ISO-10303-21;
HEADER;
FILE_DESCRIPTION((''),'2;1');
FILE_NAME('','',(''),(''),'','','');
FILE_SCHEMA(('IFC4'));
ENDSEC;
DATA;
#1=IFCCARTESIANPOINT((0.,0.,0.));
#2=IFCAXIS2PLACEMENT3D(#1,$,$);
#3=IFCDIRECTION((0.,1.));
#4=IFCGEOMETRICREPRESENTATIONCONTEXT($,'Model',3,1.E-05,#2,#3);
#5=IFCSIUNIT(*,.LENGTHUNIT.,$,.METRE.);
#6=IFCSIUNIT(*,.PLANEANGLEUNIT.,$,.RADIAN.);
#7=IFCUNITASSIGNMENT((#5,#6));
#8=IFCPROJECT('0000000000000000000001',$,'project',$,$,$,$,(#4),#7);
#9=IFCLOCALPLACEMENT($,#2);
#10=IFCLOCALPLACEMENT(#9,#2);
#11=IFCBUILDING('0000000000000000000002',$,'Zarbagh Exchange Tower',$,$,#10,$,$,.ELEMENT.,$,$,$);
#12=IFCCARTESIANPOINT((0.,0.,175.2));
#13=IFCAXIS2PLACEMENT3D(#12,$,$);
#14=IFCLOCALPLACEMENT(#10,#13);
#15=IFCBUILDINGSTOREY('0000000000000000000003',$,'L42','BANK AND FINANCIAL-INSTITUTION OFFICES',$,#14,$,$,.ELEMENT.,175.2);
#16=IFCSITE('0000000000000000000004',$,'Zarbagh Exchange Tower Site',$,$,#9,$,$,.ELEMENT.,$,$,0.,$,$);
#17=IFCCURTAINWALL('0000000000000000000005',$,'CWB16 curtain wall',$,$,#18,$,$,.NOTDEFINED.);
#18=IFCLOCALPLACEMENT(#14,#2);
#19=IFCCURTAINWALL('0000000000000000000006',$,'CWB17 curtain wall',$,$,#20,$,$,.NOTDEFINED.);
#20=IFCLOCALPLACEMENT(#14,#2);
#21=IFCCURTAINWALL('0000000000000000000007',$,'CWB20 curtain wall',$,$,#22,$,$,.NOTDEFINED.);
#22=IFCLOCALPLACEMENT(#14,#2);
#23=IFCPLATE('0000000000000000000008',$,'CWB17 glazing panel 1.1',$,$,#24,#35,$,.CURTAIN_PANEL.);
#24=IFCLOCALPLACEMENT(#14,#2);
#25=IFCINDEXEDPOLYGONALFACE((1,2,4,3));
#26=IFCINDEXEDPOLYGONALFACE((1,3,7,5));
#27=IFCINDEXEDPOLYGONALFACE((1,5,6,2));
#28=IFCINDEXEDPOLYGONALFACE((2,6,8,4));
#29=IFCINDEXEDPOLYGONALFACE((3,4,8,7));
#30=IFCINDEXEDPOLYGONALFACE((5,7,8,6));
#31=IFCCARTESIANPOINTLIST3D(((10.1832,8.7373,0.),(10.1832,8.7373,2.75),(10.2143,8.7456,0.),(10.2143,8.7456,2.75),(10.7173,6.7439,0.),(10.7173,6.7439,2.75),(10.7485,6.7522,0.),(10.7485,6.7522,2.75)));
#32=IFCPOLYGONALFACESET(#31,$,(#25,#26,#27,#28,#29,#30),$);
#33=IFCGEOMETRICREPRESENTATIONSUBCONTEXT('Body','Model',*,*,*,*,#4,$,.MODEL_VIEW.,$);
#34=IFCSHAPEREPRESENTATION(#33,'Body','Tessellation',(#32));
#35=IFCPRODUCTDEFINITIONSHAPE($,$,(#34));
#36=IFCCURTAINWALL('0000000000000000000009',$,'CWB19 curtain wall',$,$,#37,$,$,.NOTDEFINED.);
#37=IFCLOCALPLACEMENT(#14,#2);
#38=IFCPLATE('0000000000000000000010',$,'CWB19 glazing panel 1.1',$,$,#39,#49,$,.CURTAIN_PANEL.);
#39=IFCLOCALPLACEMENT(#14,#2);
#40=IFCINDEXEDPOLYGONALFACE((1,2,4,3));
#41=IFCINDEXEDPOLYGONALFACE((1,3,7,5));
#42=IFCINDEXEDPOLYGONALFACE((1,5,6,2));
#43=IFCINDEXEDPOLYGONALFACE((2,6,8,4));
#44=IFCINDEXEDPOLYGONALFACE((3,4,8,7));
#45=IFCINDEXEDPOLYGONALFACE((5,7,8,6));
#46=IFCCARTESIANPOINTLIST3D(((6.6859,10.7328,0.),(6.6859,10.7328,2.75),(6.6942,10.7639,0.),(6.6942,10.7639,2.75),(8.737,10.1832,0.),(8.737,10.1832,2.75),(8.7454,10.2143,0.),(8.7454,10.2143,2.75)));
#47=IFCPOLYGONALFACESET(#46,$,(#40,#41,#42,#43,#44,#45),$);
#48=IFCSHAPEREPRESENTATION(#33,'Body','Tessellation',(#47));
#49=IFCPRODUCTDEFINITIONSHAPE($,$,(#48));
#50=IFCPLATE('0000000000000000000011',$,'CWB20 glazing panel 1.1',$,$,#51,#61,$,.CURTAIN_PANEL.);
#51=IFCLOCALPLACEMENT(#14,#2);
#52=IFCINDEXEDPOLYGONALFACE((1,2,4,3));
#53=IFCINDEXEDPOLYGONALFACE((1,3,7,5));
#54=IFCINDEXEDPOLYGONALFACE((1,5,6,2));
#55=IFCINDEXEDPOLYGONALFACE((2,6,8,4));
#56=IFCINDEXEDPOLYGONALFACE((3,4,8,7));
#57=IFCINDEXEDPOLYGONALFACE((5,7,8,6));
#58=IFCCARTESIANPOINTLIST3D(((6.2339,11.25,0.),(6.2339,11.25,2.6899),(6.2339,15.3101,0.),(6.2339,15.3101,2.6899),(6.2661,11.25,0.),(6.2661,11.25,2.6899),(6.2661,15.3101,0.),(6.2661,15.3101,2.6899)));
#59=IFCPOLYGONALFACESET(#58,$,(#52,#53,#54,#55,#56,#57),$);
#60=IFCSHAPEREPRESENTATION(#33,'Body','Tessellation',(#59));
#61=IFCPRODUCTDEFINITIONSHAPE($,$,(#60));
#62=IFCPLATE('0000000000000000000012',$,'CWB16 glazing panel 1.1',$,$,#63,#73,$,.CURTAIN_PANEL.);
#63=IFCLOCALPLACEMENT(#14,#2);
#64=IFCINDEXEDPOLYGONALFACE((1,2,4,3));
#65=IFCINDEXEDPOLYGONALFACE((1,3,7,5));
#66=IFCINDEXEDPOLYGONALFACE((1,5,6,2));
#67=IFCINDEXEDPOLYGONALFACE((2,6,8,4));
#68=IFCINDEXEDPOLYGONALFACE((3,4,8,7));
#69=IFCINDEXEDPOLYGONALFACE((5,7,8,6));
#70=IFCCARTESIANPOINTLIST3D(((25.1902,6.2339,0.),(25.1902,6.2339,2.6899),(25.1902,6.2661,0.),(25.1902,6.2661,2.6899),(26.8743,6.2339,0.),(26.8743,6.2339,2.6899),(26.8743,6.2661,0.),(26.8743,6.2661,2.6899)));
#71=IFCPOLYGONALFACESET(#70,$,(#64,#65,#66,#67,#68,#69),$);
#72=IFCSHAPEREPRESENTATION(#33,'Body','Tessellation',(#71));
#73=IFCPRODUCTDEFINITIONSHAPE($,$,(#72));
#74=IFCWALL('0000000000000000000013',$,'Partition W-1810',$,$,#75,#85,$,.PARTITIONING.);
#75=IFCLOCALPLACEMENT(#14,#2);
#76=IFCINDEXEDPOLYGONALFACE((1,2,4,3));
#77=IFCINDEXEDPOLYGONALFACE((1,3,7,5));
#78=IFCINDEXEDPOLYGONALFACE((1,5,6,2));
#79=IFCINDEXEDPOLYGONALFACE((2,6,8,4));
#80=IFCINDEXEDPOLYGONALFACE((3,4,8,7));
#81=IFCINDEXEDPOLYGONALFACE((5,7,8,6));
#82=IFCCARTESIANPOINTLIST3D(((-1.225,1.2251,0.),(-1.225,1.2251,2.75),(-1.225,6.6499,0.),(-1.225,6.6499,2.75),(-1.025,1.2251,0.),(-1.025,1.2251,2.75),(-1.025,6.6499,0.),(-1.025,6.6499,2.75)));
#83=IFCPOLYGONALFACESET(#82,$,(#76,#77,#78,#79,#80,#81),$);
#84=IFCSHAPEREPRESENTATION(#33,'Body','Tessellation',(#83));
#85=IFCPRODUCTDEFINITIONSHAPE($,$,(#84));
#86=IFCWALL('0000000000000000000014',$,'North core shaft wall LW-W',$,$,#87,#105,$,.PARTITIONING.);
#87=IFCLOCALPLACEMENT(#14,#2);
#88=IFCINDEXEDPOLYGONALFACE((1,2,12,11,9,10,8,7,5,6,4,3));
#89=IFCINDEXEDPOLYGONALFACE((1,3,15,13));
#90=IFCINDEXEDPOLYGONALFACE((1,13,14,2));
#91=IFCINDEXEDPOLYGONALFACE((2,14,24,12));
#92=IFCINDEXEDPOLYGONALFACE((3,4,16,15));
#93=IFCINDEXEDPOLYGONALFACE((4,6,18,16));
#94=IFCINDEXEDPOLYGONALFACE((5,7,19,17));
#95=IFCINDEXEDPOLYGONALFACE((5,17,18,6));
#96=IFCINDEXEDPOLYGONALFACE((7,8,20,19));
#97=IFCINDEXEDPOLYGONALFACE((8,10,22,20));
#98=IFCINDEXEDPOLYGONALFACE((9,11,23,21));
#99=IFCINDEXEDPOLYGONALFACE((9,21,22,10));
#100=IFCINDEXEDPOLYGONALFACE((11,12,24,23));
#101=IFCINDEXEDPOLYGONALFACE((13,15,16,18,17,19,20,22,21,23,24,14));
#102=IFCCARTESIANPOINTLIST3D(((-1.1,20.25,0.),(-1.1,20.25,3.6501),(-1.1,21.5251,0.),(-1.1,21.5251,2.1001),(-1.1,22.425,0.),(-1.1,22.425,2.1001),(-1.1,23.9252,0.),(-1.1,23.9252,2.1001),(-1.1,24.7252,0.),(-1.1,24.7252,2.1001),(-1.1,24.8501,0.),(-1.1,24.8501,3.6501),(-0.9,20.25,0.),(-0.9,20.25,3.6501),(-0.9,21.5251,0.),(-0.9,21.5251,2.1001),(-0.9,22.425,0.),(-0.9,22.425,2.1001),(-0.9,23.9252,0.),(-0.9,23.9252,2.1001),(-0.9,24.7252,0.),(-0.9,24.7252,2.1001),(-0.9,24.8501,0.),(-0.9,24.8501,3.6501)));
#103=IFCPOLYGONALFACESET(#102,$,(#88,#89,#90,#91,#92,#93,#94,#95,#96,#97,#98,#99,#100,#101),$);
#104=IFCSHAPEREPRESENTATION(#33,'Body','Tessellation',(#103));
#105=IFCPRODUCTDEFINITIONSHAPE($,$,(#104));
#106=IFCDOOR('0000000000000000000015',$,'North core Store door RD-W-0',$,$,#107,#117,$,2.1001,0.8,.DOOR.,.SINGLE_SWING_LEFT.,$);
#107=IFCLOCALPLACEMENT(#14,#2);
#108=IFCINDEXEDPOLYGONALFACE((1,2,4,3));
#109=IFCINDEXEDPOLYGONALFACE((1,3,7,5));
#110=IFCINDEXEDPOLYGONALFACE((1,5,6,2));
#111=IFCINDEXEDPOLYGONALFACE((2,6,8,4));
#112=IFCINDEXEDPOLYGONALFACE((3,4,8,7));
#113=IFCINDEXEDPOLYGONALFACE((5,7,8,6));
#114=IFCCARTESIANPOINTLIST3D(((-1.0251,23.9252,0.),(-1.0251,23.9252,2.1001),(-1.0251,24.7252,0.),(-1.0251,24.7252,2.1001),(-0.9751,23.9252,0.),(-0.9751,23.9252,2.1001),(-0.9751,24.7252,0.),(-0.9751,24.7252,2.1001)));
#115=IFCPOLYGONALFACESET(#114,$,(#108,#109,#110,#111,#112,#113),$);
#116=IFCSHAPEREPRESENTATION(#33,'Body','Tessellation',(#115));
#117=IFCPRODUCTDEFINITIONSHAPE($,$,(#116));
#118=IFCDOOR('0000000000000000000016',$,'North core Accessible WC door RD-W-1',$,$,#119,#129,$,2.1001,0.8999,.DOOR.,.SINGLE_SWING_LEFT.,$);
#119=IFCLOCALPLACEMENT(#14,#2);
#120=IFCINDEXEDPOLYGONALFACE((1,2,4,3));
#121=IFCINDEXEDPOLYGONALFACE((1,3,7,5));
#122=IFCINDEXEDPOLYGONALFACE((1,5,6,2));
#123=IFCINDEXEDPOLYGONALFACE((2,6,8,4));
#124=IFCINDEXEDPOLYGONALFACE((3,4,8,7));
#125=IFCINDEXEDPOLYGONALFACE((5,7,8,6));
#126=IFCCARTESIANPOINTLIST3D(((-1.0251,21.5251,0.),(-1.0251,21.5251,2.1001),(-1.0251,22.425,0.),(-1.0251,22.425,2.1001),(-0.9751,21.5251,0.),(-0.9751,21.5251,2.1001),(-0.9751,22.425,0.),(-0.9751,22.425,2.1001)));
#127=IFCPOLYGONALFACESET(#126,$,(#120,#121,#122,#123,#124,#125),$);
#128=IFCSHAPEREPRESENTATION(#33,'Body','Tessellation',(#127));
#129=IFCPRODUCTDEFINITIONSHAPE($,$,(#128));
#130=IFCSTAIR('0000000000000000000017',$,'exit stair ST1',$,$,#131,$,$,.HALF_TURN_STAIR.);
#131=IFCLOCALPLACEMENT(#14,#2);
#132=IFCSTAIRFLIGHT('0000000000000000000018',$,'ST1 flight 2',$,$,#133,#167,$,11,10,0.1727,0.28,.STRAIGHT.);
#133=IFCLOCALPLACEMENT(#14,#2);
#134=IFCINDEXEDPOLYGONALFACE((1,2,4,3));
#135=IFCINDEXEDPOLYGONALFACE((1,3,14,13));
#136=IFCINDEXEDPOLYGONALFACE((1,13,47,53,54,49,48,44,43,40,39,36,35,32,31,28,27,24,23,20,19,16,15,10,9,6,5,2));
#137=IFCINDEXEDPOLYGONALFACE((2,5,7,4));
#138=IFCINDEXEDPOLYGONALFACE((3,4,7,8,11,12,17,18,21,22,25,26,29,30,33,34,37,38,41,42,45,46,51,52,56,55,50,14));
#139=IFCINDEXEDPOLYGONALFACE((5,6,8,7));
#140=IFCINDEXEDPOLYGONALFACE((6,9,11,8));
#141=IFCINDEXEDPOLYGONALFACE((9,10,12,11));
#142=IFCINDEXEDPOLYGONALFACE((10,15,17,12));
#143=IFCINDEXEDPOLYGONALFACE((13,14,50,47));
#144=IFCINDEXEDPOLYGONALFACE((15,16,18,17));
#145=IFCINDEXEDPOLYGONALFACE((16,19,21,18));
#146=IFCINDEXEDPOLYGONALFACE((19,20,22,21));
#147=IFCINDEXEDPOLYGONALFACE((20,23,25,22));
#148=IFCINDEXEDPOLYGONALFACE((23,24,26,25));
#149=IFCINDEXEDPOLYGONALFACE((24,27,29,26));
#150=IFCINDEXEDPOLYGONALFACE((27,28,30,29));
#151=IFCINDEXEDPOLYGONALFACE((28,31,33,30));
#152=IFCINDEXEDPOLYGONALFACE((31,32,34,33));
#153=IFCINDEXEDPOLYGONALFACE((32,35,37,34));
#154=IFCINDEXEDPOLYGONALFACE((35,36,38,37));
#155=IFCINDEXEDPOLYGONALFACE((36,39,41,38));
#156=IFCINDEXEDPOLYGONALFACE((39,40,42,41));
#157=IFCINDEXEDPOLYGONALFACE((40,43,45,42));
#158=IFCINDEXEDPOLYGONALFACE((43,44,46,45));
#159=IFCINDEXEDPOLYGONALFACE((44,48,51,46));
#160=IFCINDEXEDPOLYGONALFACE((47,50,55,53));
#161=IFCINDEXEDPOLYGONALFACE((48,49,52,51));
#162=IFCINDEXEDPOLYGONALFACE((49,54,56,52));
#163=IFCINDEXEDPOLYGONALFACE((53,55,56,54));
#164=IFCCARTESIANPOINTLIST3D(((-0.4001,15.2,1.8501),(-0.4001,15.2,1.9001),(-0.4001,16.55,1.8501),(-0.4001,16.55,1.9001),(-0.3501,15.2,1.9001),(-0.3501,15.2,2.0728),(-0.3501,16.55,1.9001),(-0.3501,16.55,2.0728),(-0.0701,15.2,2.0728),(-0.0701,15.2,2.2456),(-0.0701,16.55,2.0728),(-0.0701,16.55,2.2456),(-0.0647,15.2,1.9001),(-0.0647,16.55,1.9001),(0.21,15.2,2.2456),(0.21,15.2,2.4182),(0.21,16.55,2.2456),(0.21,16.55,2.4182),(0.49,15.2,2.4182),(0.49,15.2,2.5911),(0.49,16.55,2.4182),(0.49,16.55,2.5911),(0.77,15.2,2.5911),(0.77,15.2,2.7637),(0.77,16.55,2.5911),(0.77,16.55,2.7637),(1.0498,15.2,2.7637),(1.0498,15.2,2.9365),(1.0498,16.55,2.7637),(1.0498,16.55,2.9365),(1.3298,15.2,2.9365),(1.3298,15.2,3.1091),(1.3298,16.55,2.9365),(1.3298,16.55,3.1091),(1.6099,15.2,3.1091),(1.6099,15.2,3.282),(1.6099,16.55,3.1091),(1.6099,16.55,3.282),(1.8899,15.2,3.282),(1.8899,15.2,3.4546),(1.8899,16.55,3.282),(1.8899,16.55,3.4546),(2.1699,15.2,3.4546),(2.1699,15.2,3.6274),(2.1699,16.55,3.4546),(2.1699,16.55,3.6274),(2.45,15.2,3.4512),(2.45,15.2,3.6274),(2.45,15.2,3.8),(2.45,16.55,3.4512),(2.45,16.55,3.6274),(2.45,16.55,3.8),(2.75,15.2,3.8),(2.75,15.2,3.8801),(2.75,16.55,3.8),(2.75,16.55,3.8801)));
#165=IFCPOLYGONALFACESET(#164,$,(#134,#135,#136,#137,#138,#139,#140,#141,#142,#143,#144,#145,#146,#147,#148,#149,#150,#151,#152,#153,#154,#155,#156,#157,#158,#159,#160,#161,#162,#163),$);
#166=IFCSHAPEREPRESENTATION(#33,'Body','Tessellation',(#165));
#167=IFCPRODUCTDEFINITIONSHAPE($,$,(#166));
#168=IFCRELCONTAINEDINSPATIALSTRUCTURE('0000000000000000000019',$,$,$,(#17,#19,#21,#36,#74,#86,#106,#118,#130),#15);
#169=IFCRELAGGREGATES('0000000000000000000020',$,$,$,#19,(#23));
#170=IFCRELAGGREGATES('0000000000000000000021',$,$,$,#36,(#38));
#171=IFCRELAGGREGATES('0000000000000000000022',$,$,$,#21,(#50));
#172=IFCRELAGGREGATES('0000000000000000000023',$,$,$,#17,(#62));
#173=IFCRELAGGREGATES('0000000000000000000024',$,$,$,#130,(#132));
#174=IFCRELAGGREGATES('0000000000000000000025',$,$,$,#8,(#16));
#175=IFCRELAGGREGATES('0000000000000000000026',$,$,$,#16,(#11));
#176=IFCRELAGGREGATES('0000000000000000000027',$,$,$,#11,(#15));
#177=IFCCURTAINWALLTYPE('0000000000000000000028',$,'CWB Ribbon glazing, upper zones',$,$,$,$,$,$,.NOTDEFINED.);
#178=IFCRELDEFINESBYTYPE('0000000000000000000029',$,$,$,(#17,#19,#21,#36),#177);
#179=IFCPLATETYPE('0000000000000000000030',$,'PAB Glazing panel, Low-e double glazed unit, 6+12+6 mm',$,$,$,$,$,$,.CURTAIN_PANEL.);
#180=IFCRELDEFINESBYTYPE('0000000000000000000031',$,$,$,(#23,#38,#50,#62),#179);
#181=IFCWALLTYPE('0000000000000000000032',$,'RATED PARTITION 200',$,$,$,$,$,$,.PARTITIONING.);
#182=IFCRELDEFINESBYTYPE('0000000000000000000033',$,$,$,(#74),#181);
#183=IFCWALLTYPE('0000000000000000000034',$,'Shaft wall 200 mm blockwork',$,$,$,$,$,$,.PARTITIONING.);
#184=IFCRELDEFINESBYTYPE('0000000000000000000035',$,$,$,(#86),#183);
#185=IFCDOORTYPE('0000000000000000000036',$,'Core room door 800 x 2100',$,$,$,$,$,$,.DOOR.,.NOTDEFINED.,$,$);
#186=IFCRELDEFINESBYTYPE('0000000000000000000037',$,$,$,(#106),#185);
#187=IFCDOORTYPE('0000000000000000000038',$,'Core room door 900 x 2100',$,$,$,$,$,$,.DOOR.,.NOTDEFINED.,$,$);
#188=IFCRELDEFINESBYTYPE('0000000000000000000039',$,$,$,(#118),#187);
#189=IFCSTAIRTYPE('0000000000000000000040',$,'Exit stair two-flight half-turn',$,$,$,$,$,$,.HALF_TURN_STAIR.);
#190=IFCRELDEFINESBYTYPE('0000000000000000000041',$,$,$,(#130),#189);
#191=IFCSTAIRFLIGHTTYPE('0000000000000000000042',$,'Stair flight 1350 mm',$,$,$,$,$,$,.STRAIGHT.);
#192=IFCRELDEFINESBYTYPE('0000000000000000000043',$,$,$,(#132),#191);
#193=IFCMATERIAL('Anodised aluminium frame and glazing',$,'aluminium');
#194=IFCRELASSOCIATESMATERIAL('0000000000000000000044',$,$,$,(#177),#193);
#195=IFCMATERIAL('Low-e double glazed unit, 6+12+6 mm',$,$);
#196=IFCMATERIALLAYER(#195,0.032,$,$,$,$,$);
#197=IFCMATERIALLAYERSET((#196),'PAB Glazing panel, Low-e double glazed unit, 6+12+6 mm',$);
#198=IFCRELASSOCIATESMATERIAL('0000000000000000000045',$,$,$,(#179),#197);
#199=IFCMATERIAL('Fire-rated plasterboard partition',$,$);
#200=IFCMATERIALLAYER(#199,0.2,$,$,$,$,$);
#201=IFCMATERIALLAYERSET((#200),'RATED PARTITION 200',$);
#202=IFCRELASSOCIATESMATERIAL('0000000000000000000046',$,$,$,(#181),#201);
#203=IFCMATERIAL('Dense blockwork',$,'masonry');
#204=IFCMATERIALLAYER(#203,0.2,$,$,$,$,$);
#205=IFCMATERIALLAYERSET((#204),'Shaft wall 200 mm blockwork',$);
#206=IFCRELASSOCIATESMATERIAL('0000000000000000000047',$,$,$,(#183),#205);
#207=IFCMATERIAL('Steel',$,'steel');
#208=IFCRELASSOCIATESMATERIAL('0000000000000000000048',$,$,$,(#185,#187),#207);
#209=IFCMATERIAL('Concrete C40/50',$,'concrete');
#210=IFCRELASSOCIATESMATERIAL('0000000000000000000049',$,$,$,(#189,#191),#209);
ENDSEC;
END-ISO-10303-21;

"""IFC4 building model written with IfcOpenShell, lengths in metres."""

from ifc_helpers import new_model, si_unit, direction, frame, frame_2d, origin, place, context, subcontext, project, spatial, polyline, rectangle, outline, extrude, source, transform, mapped, material, layer, layer_set, type_object, element, fill, aggregate, save


model = new_model("IFC4")

# Units and contexts
model_context = context("Model", 3, precision=1e-05, world=origin(), true_north=direction((0.0, 1.0)))
body_context = subcontext(model_context, "Body", "Model", "MODEL_VIEW")
ifc_project = project(units=[si_unit("LENGTHUNIT", "METRE"), si_unit("PLANEANGLEUNIT", "RADIAN")], contexts=[model_context])

# Site, building, storey
site_placement = place(None, origin())
site = spatial("IfcSite", under=ifc_project, at=site_placement, Name="Zarbagh Exchange Tower Site", CompositionType="ELEMENT", RefElevation=0.0)
building_placement = place(site_placement, origin())
building = spatial("IfcBuilding", under=site, at=building_placement, Name="Zarbagh Exchange Tower", CompositionType="ELEMENT")
storey_placement = place(building_placement, frame((0.0, 0.0, 175.2)))
storey = spatial("IfcBuildingStorey", under=building, at=storey_placement, Name="L42", Description="BANK AND FINANCIAL-INSTITUTION OFFICES", CompositionType="ELEMENT", Elevation=175.2)

# Curtain wall
ifc_material_1 = material(Name="Anodised aluminium frame and glazing", Category="aluminium")
curtain_wall_type = type_object("IfcCurtainWallType", Name="CWB Ribbon glazing, upper zones", PredefinedType="NOTDEFINED", material=ifc_material_1)
curtain_wall_1_placement = place(storey_placement, origin())
curtain_wall_1 = element("IfcCurtainWall", 1, at=curtain_wall_1_placement, inside=storey, type_object=curtain_wall_type, Name="CWB16 curtain wall", PredefinedType="NOTDEFINED")
placement = place(storey_placement, origin())

# Curtain wall
curtain_wall_2_placement = place(storey_placement, origin())
curtain_wall_2 = element("IfcCurtainWall", 2, at=curtain_wall_2_placement, inside=storey, type_object=curtain_wall_type, Name="CWB17 curtain wall", PredefinedType="NOTDEFINED")

# Curtain wall
curtain_wall_3_placement = place(storey_placement, origin())
curtain_wall_3 = element("IfcCurtainWall", 3, at=curtain_wall_3_placement, inside=storey, type_object=curtain_wall_type, Name="CWB20 curtain wall", PredefinedType="NOTDEFINED")

# Shared definitions
ifc_material_2 = material(Name="Low-e double glazed unit, 6+12+6 mm")
ifc_layer_1 = layer(ifc_material_2, 0.032)
ifc_layer_set_1 = layer_set([ifc_layer_1], Name="PAB Glazing panel, Low-e double glazed unit, 6+12+6 mm")
plate_type = type_object("IfcPlateType", Name="PAB Glazing panel, Low-e double glazed unit, 6+12+6 mm", PredefinedType="CURTAIN_PANEL", material=ifc_layer_set_1)

# Plate
shared_shape_1 = source(origin(), body_context, "Body", "SweptSolid", [
    extrude(outline(polyline([(0.0, -0.0161), (2.0637, -0.0161), (2.0637, 0.0161), (0.0, 0.0161), (0.0, -0.0161)])), origin(), (0.0, 0.0, 1.0), 2.75),
])
plate_1 = element("IfcPlate", 4, at=placement, type_object=plate_type, Name="CWB17 glazing panel 1.1", PredefinedType="CURTAIN_PANEL", context=body_context, shape_type="MappedRepresentation", body=[
    mapped(shared_shape_1, transform((10.7329, 6.748, 0.0), x_axis=(-0.258825, 0.965924, 0.0), y_axis=(-0.965924, -0.258825, 0.0), z_axis=(0.0, 0.0, 1.0))),
])
aggregate(curtain_wall_2, [plate_1])

# Curtain wall, plate
curtain_wall_4_placement = place(storey_placement, origin())
curtain_wall_4 = element("IfcCurtainWall", 5, at=curtain_wall_4_placement, inside=storey, type_object=curtain_wall_type, Name="CWB19 curtain wall", PredefinedType="NOTDEFINED")
shared_shape_2 = source(origin(), body_context, "Body", "SweptSolid", [
    extrude(outline(polyline([(0.0, -0.0161), (2.1235, -0.0161), (2.1235, 0.0161), (0.0, 0.0161), (0.0, -0.0161)])), origin(), (0.0, 0.0, 1.0), 2.75),
])
plate_2 = element("IfcPlate", 6, at=placement, type_object=plate_type, Name="CWB19 glazing panel 1.1", PredefinedType="CURTAIN_PANEL", context=body_context, shape_type="MappedRepresentation", body=[
    mapped(shared_shape_2, transform((8.7412, 10.1987, 0.0), x_axis=(-0.965924, 0.258825, 0.0), y_axis=(-0.258825, -0.965924, 0.0), z_axis=(0.0, 0.0, 1.0))),
])
aggregate(curtain_wall_4, [plate_2])

# Plates
shared_shape_3 = source(origin(), body_context, "Body", "SweptSolid", [
    extrude(outline(polyline([(0.0, -0.0161), (4.0601, -0.0161), (4.0601, 0.0161), (0.0, 0.0161), (0.0, -0.0161)])), origin(), (0.0, 0.0, 1.0), 2.6899),
])
plate_3 = element("IfcPlate", 7, at=placement, type_object=plate_type, Name="CWB20 glazing panel 1.1", PredefinedType="CURTAIN_PANEL", context=body_context, shape_type="MappedRepresentation", body=[
    mapped(shared_shape_3, transform((6.25, 11.25, 0.0), x_axis=(0.0, 1.0, 0.0), y_axis=(-1.0, 0.0, 0.0), z_axis=(0.0, 0.0, 1.0))),
])
aggregate(curtain_wall_3, [plate_3])
shared_shape_4 = source(origin(), body_context, "Body", "SweptSolid", [
    extrude(outline(polyline([(0.0, -0.0161), (1.6841, -0.0161), (1.6841, 0.0161), (0.0, 0.0161), (0.0, -0.0161)])), origin(), (0.0, 0.0, 1.0), 2.6899),
])
plate_4 = element("IfcPlate", 8, at=placement, type_object=plate_type, Name="CWB16 glazing panel 1.1", PredefinedType="CURTAIN_PANEL", context=body_context, shape_type="MappedRepresentation", body=[
    mapped(shared_shape_4, transform((26.8743, 6.25, 0.0), x_axis=(-1.0, 0.0, 0.0), y_axis=(0.0, -1.0, 0.0), z_axis=(0.0, 0.0, 1.0))),
])
aggregate(curtain_wall_1, [plate_4])

# Wall
ifc_material_3 = material(Name="Fire-rated plasterboard partition")
ifc_layer_2 = layer(ifc_material_3, 0.2)
ifc_layer_set_2 = layer_set([ifc_layer_2], Name="RATED PARTITION 200")
wall_type_1 = type_object("IfcWallType", Name="RATED PARTITION 200", PredefinedType="PARTITIONING", material=ifc_layer_set_2)
wall_1_placement = place(storey_placement, frame((-1.125, 1.2251, 0.0), z_axis=(0.0, 0.0, 1.0), x_axis=(0.0, 1.0, 0.0)))
element("IfcWall", 9, at=wall_1_placement, inside=storey, type_object=wall_type_1, Name="Partition W-1810", PredefinedType="PARTITIONING", context=body_context, shape_type="SweptSolid", body=[
    extrude(rectangle(XDim=5.4248, YDim=0.2, at=frame_2d((2.7124, 0.0))), origin(), (0.0, 0.0, 1.0), 2.75),
])

# Wall, openings, doors
ifc_material_4 = material(Name="Dense blockwork", Category="masonry")
ifc_layer_3 = layer(ifc_material_4, 0.2)
ifc_layer_set_3 = layer_set([ifc_layer_3], Name="Shaft wall 200 mm blockwork")
wall_type_2 = type_object("IfcWallType", Name="Shaft wall 200 mm blockwork", PredefinedType="PARTITIONING", material=ifc_layer_set_3)
wall_2_placement = place(storey_placement, frame((-1.0, 24.8501, 0.0), z_axis=(0.0, 0.0, 1.0), x_axis=(0.0, -1.0, 0.0)))
wall_2 = element("IfcWall", 10, at=wall_2_placement, inside=storey, type_object=wall_type_2, Name="North core shaft wall LW-W", PredefinedType="PARTITIONING", context=body_context, shape_type="SweptSolid", body=[
    extrude(rectangle(XDim=4.6001, YDim=0.2, at=frame_2d((2.3, 0.0))), origin(), (0.0, 0.0, 1.0), 3.6501),
])
opening_1_placement = place(wall_2_placement, frame((0.125, 0.0, 0.0)))
opening_1 = element("IfcOpeningElement", 11, at=opening_1_placement, cuts=wall_2, PredefinedType="OPENING", context=body_context, shape_type="SweptSolid", body=[
    extrude(rectangle(XDim=0.8, YDim=2.1001, at=frame_2d((0.3999, 1.05))), frame((0.0, 0.1099, 0.0), z_axis=(0.0, -1.0, 0.0), x_axis=(1.0, 0.0, 0.0)), (0.0, 0.0, 1.0), 0.22),
])
opening_2_placement = place(wall_2_placement, frame((2.425, 0.0, 0.0)))
opening_2 = element("IfcOpeningElement", 12, at=opening_2_placement, cuts=wall_2, PredefinedType="OPENING", context=body_context, shape_type="SweptSolid", body=[
    extrude(rectangle(XDim=0.8999, YDim=2.1001, at=frame_2d((0.45, 1.05))), frame((0.0, 0.1099, 0.0), z_axis=(0.0, -1.0, 0.0), x_axis=(1.0, 0.0, 0.0)), (0.0, 0.0, 1.0), 0.22),
])
ifc_material_5 = material(Name="Steel", Category="steel")
door_type_1 = type_object("IfcDoorType", Name="Core room door 800 x 2100", OperationType="NOTDEFINED", PredefinedType="DOOR", material=ifc_material_5)
door_1_placement = place(opening_1_placement, origin())
door_1 = element("IfcDoor", 13, at=door_1_placement, inside=storey, type_object=door_type_1, Name="North core Store door RD-W-0", OperationType="SINGLE_SWING_LEFT", OverallHeight=2.1001, OverallWidth=0.8, PredefinedType="DOOR", context=body_context, shape_type="SweptSolid", body=[
    extrude(rectangle(XDim=0.8, YDim=2.1001, at=frame_2d((0.3999, 1.05))), frame((0.0, 0.0249, 0.0), z_axis=(0.0, -1.0, 0.0), x_axis=(1.0, 0.0, 0.0)), (0.0, 0.0, 1.0), 0.05),
])
fill(opening_1, door_1)
door_type_2 = type_object("IfcDoorType", Name="Core room door 900 x 2100", OperationType="NOTDEFINED", PredefinedType="DOOR", material=ifc_material_5)
door_2_placement = place(opening_2_placement, origin())
door_2 = element("IfcDoor", 14, at=door_2_placement, inside=storey, type_object=door_type_2, Name="North core Accessible WC door RD-W-1", OperationType="SINGLE_SWING_LEFT", OverallHeight=2.1001, OverallWidth=0.8999, PredefinedType="DOOR", context=body_context, shape_type="SweptSolid", body=[
    extrude(rectangle(XDim=0.8999, YDim=2.1001, at=frame_2d((0.45, 1.05))), frame((0.0, 0.0249, 0.0), z_axis=(0.0, -1.0, 0.0), x_axis=(1.0, 0.0, 0.0)), (0.0, 0.0, 1.0), 0.05),
])
fill(opening_2, door_2)

# Stair, stair flight
ifc_material_6 = material(Name="Concrete C40/50", Category="concrete")
stair_type = type_object("IfcStairType", Name="Exit stair two-flight half-turn", PredefinedType="HALF_TURN_STAIR", material=ifc_material_6)
stair_placement = place(storey_placement, origin())
stair = element("IfcStair", 15, at=stair_placement, inside=storey, type_object=stair_type, Name="exit stair ST1", PredefinedType="HALF_TURN_STAIR")
stair_flight_type = type_object("IfcStairFlightType", Name="Stair flight 1350 mm", PredefinedType="STRAIGHT", material=ifc_material_6)
stair_flight_placement = place(storey_placement, frame((-0.3501, 15.875, 1.9001), z_axis=(0.0, 0.0, 1.0), x_axis=(1.0, 0.0, 0.0)))
stair_flight = element("IfcStairFlight", 16, at=stair_flight_placement, type_object=stair_flight_type, Name="ST1 flight 2", NumberOfRisers=11, NumberOfTreads=10, PredefinedType="STRAIGHT", RiserHeight=0.1727, TreadLength=0.28, context=body_context, shape_type="SweptSolid", body=[
    extrude(outline(polyline([(-0.05, -0.05), (-0.05, 0.0), (0.0, 0.0), (0.0, 0.1726), (0.28, 0.1726), (0.28, 0.3455), (0.5601, 0.3455), (0.5601, 0.5181), (0.8401, 0.5181), (0.8401, 0.6909), (1.1201, 0.6909), (1.1201, 0.8635), (1.3999, 0.8635), (1.3999, 1.0364), (1.6799, 1.0364), (1.6799, 1.209), (1.96, 1.209), (1.96, 1.3818), (2.24, 1.3818), (2.24, 1.5544), (2.52, 1.5544), (2.52, 1.7273), (2.8, 1.7273), (2.8, 1.8999), (3.1001, 1.98), (3.1001, 1.8999), (2.8, 1.551), (0.2854, 0.0), (-0.05, -0.05)])), frame((0.0, 0.675, 0.0), z_axis=(0.0, -1.0, 0.0), x_axis=(1.0, 0.0, 0.0)), (0.0, 0.0, 1.0), 1.3501),
])
aggregate(stair, [stair_flight])

save(model, "model.ifc")
